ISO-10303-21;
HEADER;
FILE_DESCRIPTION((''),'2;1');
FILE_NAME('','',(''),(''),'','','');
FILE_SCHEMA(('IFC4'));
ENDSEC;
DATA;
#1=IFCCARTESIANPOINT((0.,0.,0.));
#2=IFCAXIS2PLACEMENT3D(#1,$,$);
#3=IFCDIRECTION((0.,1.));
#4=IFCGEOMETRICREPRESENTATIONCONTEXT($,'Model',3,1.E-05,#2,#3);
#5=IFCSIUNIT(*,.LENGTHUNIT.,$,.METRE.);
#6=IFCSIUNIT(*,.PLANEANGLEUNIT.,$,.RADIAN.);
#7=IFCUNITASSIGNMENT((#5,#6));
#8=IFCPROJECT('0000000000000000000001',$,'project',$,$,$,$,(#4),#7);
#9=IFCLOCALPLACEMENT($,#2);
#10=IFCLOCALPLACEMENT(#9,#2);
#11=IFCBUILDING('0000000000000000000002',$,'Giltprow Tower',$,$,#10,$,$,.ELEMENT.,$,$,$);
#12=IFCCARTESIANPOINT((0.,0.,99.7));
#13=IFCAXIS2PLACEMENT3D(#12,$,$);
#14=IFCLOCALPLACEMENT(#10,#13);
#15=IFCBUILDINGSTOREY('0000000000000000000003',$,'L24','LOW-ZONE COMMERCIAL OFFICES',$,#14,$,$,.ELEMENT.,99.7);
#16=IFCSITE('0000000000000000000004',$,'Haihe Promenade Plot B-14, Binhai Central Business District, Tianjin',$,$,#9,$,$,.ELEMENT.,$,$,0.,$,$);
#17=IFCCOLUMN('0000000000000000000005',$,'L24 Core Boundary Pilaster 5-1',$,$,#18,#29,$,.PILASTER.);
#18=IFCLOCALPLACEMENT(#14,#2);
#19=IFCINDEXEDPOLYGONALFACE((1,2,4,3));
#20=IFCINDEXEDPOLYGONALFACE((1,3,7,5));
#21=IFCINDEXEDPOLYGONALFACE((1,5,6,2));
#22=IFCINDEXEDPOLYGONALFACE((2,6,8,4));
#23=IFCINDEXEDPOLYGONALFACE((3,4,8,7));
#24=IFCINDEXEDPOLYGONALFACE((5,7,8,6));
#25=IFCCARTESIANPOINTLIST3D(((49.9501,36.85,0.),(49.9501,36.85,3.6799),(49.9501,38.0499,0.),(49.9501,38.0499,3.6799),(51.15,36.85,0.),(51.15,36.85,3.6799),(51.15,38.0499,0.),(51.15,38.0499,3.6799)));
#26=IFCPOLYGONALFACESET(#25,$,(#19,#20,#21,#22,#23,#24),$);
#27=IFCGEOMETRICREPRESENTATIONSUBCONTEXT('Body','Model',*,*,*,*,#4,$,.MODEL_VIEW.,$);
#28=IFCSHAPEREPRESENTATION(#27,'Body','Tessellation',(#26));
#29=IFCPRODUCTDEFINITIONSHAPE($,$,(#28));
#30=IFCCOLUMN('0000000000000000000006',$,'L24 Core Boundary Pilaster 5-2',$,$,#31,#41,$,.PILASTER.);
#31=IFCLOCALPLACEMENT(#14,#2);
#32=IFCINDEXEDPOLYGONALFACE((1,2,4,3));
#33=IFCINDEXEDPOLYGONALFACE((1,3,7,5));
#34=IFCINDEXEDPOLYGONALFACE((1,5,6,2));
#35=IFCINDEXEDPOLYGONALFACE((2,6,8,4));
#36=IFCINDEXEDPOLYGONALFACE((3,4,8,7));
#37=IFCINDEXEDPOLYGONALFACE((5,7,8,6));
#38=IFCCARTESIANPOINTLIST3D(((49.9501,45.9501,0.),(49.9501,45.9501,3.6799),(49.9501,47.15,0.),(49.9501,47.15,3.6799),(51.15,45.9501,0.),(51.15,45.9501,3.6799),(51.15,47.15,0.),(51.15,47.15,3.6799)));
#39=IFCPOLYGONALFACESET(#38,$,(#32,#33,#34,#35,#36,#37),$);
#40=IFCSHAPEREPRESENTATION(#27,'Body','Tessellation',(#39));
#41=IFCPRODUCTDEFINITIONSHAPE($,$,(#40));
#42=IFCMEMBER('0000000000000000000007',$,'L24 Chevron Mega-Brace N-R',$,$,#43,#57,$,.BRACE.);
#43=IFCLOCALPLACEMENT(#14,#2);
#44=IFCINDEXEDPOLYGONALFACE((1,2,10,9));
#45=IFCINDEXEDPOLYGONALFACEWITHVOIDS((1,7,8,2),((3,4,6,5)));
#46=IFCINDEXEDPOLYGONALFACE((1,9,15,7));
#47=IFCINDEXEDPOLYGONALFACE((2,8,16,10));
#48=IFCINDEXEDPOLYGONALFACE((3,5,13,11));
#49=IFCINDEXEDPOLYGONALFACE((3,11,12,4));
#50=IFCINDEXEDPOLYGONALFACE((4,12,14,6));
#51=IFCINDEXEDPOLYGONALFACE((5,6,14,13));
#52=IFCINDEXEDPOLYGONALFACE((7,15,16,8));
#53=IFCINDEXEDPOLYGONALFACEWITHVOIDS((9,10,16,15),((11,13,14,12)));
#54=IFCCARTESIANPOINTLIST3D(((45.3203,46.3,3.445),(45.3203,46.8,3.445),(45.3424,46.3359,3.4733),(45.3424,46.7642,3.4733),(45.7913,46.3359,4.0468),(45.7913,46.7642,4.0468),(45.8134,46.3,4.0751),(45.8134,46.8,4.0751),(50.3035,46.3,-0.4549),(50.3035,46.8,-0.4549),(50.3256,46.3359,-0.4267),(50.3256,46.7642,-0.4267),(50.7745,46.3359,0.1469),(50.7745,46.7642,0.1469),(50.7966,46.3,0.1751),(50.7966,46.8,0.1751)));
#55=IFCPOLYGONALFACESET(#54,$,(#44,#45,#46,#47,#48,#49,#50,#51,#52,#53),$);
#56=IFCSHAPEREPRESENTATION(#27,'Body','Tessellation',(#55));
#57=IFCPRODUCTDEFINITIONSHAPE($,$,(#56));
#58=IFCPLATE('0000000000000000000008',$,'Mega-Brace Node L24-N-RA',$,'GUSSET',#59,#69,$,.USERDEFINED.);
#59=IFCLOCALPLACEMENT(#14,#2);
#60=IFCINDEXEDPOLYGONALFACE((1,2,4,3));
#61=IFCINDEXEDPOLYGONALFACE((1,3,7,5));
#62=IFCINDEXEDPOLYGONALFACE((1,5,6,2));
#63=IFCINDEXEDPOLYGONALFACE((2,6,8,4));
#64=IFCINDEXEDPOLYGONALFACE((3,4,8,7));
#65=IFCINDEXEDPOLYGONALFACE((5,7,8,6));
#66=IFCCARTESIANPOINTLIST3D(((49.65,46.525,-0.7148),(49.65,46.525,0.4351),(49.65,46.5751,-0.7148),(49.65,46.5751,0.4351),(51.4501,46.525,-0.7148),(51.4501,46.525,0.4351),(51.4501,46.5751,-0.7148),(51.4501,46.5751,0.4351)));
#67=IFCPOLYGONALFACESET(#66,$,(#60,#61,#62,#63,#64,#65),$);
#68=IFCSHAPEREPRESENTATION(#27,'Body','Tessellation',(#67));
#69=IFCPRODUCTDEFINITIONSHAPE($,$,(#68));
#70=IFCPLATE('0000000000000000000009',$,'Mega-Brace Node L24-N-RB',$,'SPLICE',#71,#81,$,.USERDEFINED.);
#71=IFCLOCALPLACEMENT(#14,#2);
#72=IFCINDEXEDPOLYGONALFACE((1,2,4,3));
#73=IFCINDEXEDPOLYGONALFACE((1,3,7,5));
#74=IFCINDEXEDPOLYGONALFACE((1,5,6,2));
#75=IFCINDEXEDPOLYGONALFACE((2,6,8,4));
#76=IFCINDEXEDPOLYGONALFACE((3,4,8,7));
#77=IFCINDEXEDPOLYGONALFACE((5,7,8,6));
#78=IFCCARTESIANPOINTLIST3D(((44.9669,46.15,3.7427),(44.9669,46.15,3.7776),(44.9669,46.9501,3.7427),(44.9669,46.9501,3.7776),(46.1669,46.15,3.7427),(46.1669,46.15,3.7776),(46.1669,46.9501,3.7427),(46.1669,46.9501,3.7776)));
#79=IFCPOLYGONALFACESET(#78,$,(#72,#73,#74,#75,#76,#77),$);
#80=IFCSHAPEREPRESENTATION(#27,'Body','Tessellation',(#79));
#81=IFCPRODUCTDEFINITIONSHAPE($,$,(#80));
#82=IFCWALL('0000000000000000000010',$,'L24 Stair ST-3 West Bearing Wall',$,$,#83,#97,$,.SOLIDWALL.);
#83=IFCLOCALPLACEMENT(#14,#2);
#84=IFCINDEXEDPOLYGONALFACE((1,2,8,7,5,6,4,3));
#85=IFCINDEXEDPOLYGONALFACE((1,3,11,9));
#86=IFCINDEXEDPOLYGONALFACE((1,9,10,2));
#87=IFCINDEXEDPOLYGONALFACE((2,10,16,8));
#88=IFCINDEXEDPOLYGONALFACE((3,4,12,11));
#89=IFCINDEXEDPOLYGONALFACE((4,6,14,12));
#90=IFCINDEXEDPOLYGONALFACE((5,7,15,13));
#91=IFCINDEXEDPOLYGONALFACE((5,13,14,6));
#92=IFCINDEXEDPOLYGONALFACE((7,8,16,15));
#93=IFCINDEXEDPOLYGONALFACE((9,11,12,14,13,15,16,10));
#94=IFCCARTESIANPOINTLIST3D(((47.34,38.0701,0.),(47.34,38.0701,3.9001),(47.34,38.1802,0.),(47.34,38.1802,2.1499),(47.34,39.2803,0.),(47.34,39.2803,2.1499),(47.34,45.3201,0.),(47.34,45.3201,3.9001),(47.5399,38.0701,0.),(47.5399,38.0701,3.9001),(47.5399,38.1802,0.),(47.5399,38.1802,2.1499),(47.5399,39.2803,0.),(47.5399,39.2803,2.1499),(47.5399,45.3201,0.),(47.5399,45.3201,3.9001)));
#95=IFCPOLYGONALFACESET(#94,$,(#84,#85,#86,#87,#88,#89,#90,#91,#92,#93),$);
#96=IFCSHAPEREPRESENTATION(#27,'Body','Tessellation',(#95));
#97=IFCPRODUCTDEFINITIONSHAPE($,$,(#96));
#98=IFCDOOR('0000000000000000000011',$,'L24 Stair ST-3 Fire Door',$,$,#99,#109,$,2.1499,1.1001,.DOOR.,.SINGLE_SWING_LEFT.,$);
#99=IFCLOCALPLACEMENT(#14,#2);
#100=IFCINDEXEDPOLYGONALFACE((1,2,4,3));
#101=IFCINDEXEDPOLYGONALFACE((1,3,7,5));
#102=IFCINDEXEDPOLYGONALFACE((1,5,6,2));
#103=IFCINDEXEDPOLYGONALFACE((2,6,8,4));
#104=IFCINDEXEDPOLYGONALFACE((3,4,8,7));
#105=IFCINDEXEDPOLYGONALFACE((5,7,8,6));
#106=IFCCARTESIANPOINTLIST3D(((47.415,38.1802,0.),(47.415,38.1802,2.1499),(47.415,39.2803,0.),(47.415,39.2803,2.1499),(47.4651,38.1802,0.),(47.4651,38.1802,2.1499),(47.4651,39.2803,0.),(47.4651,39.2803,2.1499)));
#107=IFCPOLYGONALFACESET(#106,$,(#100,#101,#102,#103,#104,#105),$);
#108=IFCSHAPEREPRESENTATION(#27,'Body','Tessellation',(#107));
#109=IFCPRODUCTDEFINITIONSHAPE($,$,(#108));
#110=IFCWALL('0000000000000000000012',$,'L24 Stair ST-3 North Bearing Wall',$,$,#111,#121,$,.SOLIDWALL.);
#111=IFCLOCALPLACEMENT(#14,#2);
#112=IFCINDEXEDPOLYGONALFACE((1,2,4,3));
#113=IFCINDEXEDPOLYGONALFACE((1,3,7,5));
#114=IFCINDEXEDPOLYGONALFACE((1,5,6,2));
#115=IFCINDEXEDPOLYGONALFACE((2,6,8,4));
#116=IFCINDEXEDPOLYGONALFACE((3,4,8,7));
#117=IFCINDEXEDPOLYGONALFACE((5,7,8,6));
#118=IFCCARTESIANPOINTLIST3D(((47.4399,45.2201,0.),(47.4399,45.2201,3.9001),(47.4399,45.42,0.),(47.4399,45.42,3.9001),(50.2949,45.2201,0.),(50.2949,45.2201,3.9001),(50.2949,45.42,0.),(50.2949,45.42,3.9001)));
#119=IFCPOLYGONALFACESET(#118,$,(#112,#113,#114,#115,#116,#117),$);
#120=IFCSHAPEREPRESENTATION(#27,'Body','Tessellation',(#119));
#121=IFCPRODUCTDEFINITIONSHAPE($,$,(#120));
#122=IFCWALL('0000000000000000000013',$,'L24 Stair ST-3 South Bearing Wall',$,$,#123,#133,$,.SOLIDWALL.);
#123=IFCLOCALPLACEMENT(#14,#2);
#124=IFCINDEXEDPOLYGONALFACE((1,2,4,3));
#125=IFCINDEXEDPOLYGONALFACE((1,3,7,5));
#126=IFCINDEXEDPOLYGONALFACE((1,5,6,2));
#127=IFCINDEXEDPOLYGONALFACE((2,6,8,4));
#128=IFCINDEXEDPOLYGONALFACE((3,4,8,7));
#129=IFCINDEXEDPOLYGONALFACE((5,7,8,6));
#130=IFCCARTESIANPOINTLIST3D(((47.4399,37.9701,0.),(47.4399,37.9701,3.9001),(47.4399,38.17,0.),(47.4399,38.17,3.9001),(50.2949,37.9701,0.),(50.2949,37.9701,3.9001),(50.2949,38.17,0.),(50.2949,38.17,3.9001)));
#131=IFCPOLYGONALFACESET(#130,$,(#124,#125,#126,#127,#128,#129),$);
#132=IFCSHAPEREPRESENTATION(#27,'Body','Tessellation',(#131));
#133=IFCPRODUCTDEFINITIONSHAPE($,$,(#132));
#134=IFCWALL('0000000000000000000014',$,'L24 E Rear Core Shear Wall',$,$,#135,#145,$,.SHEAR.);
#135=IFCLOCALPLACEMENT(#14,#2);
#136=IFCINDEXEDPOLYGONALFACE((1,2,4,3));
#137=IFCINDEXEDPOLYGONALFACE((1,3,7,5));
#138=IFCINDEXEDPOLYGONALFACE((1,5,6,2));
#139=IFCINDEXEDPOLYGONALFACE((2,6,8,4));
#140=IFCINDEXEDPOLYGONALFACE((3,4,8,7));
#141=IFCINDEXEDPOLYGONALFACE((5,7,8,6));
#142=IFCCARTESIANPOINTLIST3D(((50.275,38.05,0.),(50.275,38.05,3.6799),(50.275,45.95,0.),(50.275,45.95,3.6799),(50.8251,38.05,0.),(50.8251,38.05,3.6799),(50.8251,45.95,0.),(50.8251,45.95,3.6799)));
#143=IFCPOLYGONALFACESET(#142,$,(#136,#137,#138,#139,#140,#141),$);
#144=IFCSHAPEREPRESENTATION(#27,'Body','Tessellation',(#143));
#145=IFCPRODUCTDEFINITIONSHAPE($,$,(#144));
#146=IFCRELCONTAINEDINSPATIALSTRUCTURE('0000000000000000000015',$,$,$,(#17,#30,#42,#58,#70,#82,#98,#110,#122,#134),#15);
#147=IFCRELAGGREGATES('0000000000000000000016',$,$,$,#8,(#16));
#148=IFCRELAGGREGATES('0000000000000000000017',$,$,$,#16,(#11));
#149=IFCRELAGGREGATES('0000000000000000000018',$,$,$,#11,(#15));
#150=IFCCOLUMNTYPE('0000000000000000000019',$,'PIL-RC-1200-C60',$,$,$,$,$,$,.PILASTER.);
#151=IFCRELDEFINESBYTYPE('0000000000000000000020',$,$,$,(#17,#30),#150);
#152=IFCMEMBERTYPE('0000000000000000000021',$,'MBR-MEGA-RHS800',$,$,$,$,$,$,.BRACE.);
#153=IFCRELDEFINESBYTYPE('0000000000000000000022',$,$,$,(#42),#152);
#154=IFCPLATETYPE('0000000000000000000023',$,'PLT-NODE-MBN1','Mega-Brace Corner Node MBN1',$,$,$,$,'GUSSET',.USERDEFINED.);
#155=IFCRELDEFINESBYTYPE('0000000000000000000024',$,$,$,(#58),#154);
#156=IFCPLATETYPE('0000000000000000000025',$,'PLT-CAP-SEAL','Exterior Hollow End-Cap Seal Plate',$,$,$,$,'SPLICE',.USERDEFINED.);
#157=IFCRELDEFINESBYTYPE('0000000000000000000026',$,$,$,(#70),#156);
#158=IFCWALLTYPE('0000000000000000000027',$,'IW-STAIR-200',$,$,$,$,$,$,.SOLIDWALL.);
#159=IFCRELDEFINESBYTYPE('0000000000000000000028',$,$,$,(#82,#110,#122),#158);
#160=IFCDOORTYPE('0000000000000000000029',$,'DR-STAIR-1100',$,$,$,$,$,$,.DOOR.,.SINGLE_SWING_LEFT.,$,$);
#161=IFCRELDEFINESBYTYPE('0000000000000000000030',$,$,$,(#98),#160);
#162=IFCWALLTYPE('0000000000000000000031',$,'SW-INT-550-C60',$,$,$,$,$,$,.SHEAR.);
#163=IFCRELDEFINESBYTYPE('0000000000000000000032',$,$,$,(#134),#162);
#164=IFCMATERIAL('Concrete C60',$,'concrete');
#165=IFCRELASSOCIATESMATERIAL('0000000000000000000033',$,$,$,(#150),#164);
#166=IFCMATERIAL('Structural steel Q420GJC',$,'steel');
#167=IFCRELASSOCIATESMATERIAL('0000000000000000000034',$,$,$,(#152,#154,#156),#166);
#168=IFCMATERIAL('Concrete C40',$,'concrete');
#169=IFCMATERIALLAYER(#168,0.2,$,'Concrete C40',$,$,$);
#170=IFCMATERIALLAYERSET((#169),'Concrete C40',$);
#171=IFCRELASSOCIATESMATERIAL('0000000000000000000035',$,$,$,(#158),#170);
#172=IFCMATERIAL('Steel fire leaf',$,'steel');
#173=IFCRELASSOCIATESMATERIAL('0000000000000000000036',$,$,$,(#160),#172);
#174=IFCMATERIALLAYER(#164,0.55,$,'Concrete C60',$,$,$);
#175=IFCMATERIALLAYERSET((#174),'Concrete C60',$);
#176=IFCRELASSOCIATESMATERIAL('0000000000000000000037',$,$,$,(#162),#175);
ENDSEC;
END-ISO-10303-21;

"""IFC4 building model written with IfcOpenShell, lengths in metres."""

from ifc_helpers import new_model, si_unit, direction, frame, frame_2d, origin, origin_2d, place, context, subcontext, project, spatial, rectangle, hollow_rectangle, extrude, source, transform, mapped, material, layer, layer_set, material_profile, profile_set, type_object, element, fill, save


model = new_model("IFC4")

# Units and contexts
model_context = context("Model", 3, precision=1e-05, world=origin(), true_north=direction((0.0, 1.0)))
body_context = subcontext(model_context, "Body", "Model", "MODEL_VIEW")
ifc_project = project(units=[si_unit("LENGTHUNIT", "METRE"), si_unit("PLANEANGLEUNIT", "RADIAN")], contexts=[model_context])

# Site, building, storey
site_placement = place(None, origin())
site = spatial("IfcSite", under=ifc_project, at=site_placement, Name="Haihe Promenade Plot B-14, Binhai Central Business District, Tianjin", CompositionType="ELEMENT", RefElevation=0.0)
building_placement = place(site_placement, origin())
building = spatial("IfcBuilding", under=site, at=building_placement, Name="Giltprow Tower", CompositionType="ELEMENT")
storey_placement = place(building_placement, frame((0.0, 0.0, 99.7)))
storey = spatial("IfcBuildingStorey", under=building, at=storey_placement, Name="L24", Description="LOW-ZONE COMMERCIAL OFFICES", CompositionType="ELEMENT", Elevation=99.7)

# Columns
ifc_material_1 = material(Name="Concrete C60", Category="concrete")
ifc_material_profile_1 = material_profile(ifc_material_1, rectangle(XDim=1.2, YDim=1.2, at=origin_2d()), Name="RC 1200x1200")
ifc_profile_set_1 = profile_set([ifc_material_profile_1], Name="Concrete C60")
column_type = type_object("IfcColumnType", Name="PIL-RC-1200-C60", PredefinedType="PILASTER", material=ifc_profile_set_1)
shared_shape_1 = source(origin(), body_context, "Body", "SweptSolid", [
    extrude(rectangle(XDim=1.2, YDim=1.2, at=origin_2d()), origin(), (0.0, 0.0, 1.0), 3.6799),
])
for number, where, z_axis, x_axis, name in (
    (1, (50.55, 37.45, 0.0), (0.0, 0.0, 1.0), (1.0, 0.0, 0.0), "L24 Core Boundary Pilaster 5-1"),
    (2, (50.55, 46.55, 0.0), (0.0, 0.0, 1.0), (1.0, 0.0, 0.0), "L24 Core Boundary Pilaster 5-2"),
):
    element("IfcColumn", number, at=place(storey_placement, frame(where, z_axis=z_axis, x_axis=x_axis)), inside=storey, type_object=column_type, Name=name, PredefinedType="PILASTER", context=body_context, shape_type="MappedRepresentation", body=[
        mapped(shared_shape_1, transform((0.0, 0.0, 0.0), x_axis=(1.0, 0.0, 0.0), y_axis=(0.0, 1.0, 0.0), z_axis=(0.0, 0.0, 1.0), scale=1.0)),
    ])

# Member
ifc_material_2 = material(Name="Structural steel Q420GJC", Category="steel")
ifc_material_profile_2 = material_profile(ifc_material_2, hollow_rectangle(XDim=0.5, YDim=0.8, WallThickness=0.0359, at=origin_2d()), Name="RHS 800x500x36")
ifc_profile_set_2 = profile_set([ifc_material_profile_2], Name="Structural steel Q420GJC")
member_type = type_object("IfcMemberType", Name="MBR-MEGA-RHS800", PredefinedType="BRACE", material=ifc_profile_set_2)
shared_shape_2 = source(origin(), body_context, "Body", "SweptSolid", [
    extrude(hollow_rectangle(XDim=0.5, YDim=0.8, WallThickness=0.0359, at=origin_2d()), origin(), (0.0, 0.0, 1.0), 6.3279),
])
member_placement = place(storey_placement, frame((50.55, 46.55, -0.1399), z_axis=(-0.787502, 0.0, 0.616312), x_axis=(0.0, -1.0, 0.0)))
element("IfcMember", 3, at=member_placement, inside=storey, type_object=member_type, Name="L24 Chevron Mega-Brace N-R", PredefinedType="BRACE", context=body_context, shape_type="MappedRepresentation", body=[
    mapped(shared_shape_2, transform((0.0, 0.0, 0.0), x_axis=(1.0, 0.0, 0.0), y_axis=(0.0, 1.0, 0.0), z_axis=(0.0, 0.0, 1.0), scale=1.0)),
])

# Plates
plate_type_1 = type_object("IfcPlateType", Name="PLT-NODE-MBN1", Description="Mega-Brace Corner Node MBN1", ElementType="GUSSET", PredefinedType="USERDEFINED", material=ifc_material_2)
shared_shape_3 = source(origin(), body_context, "Body", "SweptSolid", [
    extrude(rectangle(XDim=1.8, YDim=0.05, at=origin_2d()), origin(), (0.0, 0.0, 1.0), 1.1499),
])
plate_1_placement = place(storey_placement, frame((50.55, 46.55, -0.7148), z_axis=(0.0, 0.0, 1.0), x_axis=(1.0, 0.0, 0.0)))
element("IfcPlate", 4, at=plate_1_placement, inside=storey, type_object=plate_type_1, Name="Mega-Brace Node L24-N-RA", ObjectType="GUSSET", PredefinedType="USERDEFINED", context=body_context, shape_type="MappedRepresentation", body=[
    mapped(shared_shape_3, transform((0.0, 0.0, 0.0), x_axis=(1.0, 0.0, 0.0), y_axis=(0.0, 1.0, 0.0), z_axis=(0.0, 0.0, 1.0), scale=1.0)),
])
plate_type_2 = type_object("IfcPlateType", Name="PLT-CAP-SEAL", Description="Exterior Hollow End-Cap Seal Plate", ElementType="SPLICE", PredefinedType="USERDEFINED", material=ifc_material_2)
shared_shape_4 = source(origin(), body_context, "Body", "SweptSolid", [
    extrude(rectangle(XDim=1.2, YDim=0.8, at=origin_2d()), origin(), (0.0, 0.0, 1.0), 0.0349),
])
plate_2_placement = place(storey_placement, frame((45.5669, 46.55, 3.7427), z_axis=(0.0, 0.0, 1.0), x_axis=(1.0, 0.0, 0.0)))
element("IfcPlate", 5, at=plate_2_placement, inside=storey, type_object=plate_type_2, Name="Mega-Brace Node L24-N-RB", ObjectType="SPLICE", PredefinedType="USERDEFINED", context=body_context, shape_type="MappedRepresentation", body=[
    mapped(shared_shape_4, transform((0.0, 0.0, 0.0), x_axis=(1.0, 0.0, 0.0), y_axis=(0.0, 1.0, 0.0), z_axis=(0.0, 0.0, 1.0), scale=1.0)),
])

# Wall, opening, door
ifc_material_3 = material(Name="Concrete C40", Category="concrete")
ifc_layer_1 = layer(ifc_material_3, 0.2, Name="Concrete C40")
ifc_layer_set_1 = layer_set([ifc_layer_1], Name="Concrete C40")
wall_type_1 = type_object("IfcWallType", Name="IW-STAIR-200", PredefinedType="SOLIDWALL", material=ifc_layer_set_1)
wall_1_placement = place(storey_placement, frame((47.4399, 38.0701, 0.0), z_axis=(0.0, 0.0, 1.0), x_axis=(0.0, 1.0, 0.0)))
wall_1 = element("IfcWall", 6, at=wall_1_placement, inside=storey, type_object=wall_type_1, Name="L24 Stair ST-3 West Bearing Wall", PredefinedType="SOLIDWALL", context=body_context, shape_type="SweptSolid", body=[
    extrude(rectangle(XDim=7.25, YDim=0.2, at=frame_2d((3.625, 0.0))), origin(), (0.0, 0.0, 1.0), 3.9001),
])
opening_placement = place(wall_1_placement, frame((0.1101, 0.0, 0.0)))
opening = element("IfcOpeningElement", 7, at=opening_placement, cuts=wall_1, PredefinedType="OPENING", context=body_context, shape_type="SweptSolid", body=[
    extrude(rectangle(XDim=1.1001, YDim=2.1499, at=frame_2d((0.55, 1.075))), frame((0.0, 0.1099, 0.0), z_axis=(0.0, -1.0, 0.0), x_axis=(1.0, 0.0, 0.0)), (0.0, 0.0, 1.0), 0.22),
])
ifc_material_4 = material(Name="Steel fire leaf", Category="steel")
door_type = type_object("IfcDoorType", Name="DR-STAIR-1100", OperationType="SINGLE_SWING_LEFT", PredefinedType="DOOR", material=ifc_material_4)
shared_shape_5 = source(origin(), body_context, "Body", "SweptSolid", [
    extrude(rectangle(XDim=1.1001, YDim=2.1499, at=frame_2d((0.55, 1.075))), frame((0.0, 0.0249, 0.0), z_axis=(0.0, -1.0, 0.0), x_axis=(1.0, 0.0, 0.0)), (0.0, 0.0, 1.0), 0.05),
])
door_placement = place(opening_placement, origin())
door = element("IfcDoor", 8, at=door_placement, inside=storey, type_object=door_type, Name="L24 Stair ST-3 Fire Door", OperationType="SINGLE_SWING_LEFT", OverallHeight=2.1499, OverallWidth=1.1001, PredefinedType="DOOR", context=body_context, shape_type="MappedRepresentation", body=[
    mapped(shared_shape_5, transform((0.0, 0.0, 0.0), x_axis=(1.0, 0.0, 0.0), y_axis=(0.0, 1.0, 0.0), z_axis=(0.0, 0.0, 1.0), scale=1.0)),
])
fill(opening, door)

# Walls
for number, where, z_axis, x_axis, name in (
    (9, (47.4399, 45.3201, 0.0), (0.0, 0.0, 1.0), (1.0, 0.0, 0.0), "L24 Stair ST-3 North Bearing Wall"),
    (10, (47.4399, 38.0701, 0.0), (0.0, 0.0, 1.0), (1.0, 0.0, 0.0), "L24 Stair ST-3 South Bearing Wall"),
):
    element("IfcWall", number, at=place(storey_placement, frame(where, z_axis=z_axis, x_axis=x_axis)), inside=storey, type_object=wall_type_1, Name=name, PredefinedType="SOLIDWALL", context=body_context, shape_type="SweptSolid", body=[
        extrude(rectangle(XDim=2.855, YDim=0.2, at=frame_2d((1.4275, 0.0))), origin(), (0.0, 0.0, 1.0), 3.9001),
    ])
ifc_layer_2 = layer(ifc_material_1, 0.55, Name="Concrete C60")
ifc_layer_set_2 = layer_set([ifc_layer_2], Name="Concrete C60")
wall_type_2 = type_object("IfcWallType", Name="SW-INT-550-C60", PredefinedType="SHEAR", material=ifc_layer_set_2)
wall_2_placement = place(storey_placement, frame((50.55, 38.05, 0.0), z_axis=(0.0, 0.0, 1.0), x_axis=(0.0, 1.0, 0.0)))
element("IfcWall", 11, at=wall_2_placement, inside=storey, type_object=wall_type_2, Name="L24 E Rear Core Shear Wall", PredefinedType="SHEAR", context=body_context, shape_type="SweptSolid", body=[
    extrude(rectangle(XDim=7.8999, YDim=0.55, at=frame_2d((3.95, 0.0))), origin(), (0.0, 0.0, 1.0), 3.6799),
])

save(model, "model.ifc")
